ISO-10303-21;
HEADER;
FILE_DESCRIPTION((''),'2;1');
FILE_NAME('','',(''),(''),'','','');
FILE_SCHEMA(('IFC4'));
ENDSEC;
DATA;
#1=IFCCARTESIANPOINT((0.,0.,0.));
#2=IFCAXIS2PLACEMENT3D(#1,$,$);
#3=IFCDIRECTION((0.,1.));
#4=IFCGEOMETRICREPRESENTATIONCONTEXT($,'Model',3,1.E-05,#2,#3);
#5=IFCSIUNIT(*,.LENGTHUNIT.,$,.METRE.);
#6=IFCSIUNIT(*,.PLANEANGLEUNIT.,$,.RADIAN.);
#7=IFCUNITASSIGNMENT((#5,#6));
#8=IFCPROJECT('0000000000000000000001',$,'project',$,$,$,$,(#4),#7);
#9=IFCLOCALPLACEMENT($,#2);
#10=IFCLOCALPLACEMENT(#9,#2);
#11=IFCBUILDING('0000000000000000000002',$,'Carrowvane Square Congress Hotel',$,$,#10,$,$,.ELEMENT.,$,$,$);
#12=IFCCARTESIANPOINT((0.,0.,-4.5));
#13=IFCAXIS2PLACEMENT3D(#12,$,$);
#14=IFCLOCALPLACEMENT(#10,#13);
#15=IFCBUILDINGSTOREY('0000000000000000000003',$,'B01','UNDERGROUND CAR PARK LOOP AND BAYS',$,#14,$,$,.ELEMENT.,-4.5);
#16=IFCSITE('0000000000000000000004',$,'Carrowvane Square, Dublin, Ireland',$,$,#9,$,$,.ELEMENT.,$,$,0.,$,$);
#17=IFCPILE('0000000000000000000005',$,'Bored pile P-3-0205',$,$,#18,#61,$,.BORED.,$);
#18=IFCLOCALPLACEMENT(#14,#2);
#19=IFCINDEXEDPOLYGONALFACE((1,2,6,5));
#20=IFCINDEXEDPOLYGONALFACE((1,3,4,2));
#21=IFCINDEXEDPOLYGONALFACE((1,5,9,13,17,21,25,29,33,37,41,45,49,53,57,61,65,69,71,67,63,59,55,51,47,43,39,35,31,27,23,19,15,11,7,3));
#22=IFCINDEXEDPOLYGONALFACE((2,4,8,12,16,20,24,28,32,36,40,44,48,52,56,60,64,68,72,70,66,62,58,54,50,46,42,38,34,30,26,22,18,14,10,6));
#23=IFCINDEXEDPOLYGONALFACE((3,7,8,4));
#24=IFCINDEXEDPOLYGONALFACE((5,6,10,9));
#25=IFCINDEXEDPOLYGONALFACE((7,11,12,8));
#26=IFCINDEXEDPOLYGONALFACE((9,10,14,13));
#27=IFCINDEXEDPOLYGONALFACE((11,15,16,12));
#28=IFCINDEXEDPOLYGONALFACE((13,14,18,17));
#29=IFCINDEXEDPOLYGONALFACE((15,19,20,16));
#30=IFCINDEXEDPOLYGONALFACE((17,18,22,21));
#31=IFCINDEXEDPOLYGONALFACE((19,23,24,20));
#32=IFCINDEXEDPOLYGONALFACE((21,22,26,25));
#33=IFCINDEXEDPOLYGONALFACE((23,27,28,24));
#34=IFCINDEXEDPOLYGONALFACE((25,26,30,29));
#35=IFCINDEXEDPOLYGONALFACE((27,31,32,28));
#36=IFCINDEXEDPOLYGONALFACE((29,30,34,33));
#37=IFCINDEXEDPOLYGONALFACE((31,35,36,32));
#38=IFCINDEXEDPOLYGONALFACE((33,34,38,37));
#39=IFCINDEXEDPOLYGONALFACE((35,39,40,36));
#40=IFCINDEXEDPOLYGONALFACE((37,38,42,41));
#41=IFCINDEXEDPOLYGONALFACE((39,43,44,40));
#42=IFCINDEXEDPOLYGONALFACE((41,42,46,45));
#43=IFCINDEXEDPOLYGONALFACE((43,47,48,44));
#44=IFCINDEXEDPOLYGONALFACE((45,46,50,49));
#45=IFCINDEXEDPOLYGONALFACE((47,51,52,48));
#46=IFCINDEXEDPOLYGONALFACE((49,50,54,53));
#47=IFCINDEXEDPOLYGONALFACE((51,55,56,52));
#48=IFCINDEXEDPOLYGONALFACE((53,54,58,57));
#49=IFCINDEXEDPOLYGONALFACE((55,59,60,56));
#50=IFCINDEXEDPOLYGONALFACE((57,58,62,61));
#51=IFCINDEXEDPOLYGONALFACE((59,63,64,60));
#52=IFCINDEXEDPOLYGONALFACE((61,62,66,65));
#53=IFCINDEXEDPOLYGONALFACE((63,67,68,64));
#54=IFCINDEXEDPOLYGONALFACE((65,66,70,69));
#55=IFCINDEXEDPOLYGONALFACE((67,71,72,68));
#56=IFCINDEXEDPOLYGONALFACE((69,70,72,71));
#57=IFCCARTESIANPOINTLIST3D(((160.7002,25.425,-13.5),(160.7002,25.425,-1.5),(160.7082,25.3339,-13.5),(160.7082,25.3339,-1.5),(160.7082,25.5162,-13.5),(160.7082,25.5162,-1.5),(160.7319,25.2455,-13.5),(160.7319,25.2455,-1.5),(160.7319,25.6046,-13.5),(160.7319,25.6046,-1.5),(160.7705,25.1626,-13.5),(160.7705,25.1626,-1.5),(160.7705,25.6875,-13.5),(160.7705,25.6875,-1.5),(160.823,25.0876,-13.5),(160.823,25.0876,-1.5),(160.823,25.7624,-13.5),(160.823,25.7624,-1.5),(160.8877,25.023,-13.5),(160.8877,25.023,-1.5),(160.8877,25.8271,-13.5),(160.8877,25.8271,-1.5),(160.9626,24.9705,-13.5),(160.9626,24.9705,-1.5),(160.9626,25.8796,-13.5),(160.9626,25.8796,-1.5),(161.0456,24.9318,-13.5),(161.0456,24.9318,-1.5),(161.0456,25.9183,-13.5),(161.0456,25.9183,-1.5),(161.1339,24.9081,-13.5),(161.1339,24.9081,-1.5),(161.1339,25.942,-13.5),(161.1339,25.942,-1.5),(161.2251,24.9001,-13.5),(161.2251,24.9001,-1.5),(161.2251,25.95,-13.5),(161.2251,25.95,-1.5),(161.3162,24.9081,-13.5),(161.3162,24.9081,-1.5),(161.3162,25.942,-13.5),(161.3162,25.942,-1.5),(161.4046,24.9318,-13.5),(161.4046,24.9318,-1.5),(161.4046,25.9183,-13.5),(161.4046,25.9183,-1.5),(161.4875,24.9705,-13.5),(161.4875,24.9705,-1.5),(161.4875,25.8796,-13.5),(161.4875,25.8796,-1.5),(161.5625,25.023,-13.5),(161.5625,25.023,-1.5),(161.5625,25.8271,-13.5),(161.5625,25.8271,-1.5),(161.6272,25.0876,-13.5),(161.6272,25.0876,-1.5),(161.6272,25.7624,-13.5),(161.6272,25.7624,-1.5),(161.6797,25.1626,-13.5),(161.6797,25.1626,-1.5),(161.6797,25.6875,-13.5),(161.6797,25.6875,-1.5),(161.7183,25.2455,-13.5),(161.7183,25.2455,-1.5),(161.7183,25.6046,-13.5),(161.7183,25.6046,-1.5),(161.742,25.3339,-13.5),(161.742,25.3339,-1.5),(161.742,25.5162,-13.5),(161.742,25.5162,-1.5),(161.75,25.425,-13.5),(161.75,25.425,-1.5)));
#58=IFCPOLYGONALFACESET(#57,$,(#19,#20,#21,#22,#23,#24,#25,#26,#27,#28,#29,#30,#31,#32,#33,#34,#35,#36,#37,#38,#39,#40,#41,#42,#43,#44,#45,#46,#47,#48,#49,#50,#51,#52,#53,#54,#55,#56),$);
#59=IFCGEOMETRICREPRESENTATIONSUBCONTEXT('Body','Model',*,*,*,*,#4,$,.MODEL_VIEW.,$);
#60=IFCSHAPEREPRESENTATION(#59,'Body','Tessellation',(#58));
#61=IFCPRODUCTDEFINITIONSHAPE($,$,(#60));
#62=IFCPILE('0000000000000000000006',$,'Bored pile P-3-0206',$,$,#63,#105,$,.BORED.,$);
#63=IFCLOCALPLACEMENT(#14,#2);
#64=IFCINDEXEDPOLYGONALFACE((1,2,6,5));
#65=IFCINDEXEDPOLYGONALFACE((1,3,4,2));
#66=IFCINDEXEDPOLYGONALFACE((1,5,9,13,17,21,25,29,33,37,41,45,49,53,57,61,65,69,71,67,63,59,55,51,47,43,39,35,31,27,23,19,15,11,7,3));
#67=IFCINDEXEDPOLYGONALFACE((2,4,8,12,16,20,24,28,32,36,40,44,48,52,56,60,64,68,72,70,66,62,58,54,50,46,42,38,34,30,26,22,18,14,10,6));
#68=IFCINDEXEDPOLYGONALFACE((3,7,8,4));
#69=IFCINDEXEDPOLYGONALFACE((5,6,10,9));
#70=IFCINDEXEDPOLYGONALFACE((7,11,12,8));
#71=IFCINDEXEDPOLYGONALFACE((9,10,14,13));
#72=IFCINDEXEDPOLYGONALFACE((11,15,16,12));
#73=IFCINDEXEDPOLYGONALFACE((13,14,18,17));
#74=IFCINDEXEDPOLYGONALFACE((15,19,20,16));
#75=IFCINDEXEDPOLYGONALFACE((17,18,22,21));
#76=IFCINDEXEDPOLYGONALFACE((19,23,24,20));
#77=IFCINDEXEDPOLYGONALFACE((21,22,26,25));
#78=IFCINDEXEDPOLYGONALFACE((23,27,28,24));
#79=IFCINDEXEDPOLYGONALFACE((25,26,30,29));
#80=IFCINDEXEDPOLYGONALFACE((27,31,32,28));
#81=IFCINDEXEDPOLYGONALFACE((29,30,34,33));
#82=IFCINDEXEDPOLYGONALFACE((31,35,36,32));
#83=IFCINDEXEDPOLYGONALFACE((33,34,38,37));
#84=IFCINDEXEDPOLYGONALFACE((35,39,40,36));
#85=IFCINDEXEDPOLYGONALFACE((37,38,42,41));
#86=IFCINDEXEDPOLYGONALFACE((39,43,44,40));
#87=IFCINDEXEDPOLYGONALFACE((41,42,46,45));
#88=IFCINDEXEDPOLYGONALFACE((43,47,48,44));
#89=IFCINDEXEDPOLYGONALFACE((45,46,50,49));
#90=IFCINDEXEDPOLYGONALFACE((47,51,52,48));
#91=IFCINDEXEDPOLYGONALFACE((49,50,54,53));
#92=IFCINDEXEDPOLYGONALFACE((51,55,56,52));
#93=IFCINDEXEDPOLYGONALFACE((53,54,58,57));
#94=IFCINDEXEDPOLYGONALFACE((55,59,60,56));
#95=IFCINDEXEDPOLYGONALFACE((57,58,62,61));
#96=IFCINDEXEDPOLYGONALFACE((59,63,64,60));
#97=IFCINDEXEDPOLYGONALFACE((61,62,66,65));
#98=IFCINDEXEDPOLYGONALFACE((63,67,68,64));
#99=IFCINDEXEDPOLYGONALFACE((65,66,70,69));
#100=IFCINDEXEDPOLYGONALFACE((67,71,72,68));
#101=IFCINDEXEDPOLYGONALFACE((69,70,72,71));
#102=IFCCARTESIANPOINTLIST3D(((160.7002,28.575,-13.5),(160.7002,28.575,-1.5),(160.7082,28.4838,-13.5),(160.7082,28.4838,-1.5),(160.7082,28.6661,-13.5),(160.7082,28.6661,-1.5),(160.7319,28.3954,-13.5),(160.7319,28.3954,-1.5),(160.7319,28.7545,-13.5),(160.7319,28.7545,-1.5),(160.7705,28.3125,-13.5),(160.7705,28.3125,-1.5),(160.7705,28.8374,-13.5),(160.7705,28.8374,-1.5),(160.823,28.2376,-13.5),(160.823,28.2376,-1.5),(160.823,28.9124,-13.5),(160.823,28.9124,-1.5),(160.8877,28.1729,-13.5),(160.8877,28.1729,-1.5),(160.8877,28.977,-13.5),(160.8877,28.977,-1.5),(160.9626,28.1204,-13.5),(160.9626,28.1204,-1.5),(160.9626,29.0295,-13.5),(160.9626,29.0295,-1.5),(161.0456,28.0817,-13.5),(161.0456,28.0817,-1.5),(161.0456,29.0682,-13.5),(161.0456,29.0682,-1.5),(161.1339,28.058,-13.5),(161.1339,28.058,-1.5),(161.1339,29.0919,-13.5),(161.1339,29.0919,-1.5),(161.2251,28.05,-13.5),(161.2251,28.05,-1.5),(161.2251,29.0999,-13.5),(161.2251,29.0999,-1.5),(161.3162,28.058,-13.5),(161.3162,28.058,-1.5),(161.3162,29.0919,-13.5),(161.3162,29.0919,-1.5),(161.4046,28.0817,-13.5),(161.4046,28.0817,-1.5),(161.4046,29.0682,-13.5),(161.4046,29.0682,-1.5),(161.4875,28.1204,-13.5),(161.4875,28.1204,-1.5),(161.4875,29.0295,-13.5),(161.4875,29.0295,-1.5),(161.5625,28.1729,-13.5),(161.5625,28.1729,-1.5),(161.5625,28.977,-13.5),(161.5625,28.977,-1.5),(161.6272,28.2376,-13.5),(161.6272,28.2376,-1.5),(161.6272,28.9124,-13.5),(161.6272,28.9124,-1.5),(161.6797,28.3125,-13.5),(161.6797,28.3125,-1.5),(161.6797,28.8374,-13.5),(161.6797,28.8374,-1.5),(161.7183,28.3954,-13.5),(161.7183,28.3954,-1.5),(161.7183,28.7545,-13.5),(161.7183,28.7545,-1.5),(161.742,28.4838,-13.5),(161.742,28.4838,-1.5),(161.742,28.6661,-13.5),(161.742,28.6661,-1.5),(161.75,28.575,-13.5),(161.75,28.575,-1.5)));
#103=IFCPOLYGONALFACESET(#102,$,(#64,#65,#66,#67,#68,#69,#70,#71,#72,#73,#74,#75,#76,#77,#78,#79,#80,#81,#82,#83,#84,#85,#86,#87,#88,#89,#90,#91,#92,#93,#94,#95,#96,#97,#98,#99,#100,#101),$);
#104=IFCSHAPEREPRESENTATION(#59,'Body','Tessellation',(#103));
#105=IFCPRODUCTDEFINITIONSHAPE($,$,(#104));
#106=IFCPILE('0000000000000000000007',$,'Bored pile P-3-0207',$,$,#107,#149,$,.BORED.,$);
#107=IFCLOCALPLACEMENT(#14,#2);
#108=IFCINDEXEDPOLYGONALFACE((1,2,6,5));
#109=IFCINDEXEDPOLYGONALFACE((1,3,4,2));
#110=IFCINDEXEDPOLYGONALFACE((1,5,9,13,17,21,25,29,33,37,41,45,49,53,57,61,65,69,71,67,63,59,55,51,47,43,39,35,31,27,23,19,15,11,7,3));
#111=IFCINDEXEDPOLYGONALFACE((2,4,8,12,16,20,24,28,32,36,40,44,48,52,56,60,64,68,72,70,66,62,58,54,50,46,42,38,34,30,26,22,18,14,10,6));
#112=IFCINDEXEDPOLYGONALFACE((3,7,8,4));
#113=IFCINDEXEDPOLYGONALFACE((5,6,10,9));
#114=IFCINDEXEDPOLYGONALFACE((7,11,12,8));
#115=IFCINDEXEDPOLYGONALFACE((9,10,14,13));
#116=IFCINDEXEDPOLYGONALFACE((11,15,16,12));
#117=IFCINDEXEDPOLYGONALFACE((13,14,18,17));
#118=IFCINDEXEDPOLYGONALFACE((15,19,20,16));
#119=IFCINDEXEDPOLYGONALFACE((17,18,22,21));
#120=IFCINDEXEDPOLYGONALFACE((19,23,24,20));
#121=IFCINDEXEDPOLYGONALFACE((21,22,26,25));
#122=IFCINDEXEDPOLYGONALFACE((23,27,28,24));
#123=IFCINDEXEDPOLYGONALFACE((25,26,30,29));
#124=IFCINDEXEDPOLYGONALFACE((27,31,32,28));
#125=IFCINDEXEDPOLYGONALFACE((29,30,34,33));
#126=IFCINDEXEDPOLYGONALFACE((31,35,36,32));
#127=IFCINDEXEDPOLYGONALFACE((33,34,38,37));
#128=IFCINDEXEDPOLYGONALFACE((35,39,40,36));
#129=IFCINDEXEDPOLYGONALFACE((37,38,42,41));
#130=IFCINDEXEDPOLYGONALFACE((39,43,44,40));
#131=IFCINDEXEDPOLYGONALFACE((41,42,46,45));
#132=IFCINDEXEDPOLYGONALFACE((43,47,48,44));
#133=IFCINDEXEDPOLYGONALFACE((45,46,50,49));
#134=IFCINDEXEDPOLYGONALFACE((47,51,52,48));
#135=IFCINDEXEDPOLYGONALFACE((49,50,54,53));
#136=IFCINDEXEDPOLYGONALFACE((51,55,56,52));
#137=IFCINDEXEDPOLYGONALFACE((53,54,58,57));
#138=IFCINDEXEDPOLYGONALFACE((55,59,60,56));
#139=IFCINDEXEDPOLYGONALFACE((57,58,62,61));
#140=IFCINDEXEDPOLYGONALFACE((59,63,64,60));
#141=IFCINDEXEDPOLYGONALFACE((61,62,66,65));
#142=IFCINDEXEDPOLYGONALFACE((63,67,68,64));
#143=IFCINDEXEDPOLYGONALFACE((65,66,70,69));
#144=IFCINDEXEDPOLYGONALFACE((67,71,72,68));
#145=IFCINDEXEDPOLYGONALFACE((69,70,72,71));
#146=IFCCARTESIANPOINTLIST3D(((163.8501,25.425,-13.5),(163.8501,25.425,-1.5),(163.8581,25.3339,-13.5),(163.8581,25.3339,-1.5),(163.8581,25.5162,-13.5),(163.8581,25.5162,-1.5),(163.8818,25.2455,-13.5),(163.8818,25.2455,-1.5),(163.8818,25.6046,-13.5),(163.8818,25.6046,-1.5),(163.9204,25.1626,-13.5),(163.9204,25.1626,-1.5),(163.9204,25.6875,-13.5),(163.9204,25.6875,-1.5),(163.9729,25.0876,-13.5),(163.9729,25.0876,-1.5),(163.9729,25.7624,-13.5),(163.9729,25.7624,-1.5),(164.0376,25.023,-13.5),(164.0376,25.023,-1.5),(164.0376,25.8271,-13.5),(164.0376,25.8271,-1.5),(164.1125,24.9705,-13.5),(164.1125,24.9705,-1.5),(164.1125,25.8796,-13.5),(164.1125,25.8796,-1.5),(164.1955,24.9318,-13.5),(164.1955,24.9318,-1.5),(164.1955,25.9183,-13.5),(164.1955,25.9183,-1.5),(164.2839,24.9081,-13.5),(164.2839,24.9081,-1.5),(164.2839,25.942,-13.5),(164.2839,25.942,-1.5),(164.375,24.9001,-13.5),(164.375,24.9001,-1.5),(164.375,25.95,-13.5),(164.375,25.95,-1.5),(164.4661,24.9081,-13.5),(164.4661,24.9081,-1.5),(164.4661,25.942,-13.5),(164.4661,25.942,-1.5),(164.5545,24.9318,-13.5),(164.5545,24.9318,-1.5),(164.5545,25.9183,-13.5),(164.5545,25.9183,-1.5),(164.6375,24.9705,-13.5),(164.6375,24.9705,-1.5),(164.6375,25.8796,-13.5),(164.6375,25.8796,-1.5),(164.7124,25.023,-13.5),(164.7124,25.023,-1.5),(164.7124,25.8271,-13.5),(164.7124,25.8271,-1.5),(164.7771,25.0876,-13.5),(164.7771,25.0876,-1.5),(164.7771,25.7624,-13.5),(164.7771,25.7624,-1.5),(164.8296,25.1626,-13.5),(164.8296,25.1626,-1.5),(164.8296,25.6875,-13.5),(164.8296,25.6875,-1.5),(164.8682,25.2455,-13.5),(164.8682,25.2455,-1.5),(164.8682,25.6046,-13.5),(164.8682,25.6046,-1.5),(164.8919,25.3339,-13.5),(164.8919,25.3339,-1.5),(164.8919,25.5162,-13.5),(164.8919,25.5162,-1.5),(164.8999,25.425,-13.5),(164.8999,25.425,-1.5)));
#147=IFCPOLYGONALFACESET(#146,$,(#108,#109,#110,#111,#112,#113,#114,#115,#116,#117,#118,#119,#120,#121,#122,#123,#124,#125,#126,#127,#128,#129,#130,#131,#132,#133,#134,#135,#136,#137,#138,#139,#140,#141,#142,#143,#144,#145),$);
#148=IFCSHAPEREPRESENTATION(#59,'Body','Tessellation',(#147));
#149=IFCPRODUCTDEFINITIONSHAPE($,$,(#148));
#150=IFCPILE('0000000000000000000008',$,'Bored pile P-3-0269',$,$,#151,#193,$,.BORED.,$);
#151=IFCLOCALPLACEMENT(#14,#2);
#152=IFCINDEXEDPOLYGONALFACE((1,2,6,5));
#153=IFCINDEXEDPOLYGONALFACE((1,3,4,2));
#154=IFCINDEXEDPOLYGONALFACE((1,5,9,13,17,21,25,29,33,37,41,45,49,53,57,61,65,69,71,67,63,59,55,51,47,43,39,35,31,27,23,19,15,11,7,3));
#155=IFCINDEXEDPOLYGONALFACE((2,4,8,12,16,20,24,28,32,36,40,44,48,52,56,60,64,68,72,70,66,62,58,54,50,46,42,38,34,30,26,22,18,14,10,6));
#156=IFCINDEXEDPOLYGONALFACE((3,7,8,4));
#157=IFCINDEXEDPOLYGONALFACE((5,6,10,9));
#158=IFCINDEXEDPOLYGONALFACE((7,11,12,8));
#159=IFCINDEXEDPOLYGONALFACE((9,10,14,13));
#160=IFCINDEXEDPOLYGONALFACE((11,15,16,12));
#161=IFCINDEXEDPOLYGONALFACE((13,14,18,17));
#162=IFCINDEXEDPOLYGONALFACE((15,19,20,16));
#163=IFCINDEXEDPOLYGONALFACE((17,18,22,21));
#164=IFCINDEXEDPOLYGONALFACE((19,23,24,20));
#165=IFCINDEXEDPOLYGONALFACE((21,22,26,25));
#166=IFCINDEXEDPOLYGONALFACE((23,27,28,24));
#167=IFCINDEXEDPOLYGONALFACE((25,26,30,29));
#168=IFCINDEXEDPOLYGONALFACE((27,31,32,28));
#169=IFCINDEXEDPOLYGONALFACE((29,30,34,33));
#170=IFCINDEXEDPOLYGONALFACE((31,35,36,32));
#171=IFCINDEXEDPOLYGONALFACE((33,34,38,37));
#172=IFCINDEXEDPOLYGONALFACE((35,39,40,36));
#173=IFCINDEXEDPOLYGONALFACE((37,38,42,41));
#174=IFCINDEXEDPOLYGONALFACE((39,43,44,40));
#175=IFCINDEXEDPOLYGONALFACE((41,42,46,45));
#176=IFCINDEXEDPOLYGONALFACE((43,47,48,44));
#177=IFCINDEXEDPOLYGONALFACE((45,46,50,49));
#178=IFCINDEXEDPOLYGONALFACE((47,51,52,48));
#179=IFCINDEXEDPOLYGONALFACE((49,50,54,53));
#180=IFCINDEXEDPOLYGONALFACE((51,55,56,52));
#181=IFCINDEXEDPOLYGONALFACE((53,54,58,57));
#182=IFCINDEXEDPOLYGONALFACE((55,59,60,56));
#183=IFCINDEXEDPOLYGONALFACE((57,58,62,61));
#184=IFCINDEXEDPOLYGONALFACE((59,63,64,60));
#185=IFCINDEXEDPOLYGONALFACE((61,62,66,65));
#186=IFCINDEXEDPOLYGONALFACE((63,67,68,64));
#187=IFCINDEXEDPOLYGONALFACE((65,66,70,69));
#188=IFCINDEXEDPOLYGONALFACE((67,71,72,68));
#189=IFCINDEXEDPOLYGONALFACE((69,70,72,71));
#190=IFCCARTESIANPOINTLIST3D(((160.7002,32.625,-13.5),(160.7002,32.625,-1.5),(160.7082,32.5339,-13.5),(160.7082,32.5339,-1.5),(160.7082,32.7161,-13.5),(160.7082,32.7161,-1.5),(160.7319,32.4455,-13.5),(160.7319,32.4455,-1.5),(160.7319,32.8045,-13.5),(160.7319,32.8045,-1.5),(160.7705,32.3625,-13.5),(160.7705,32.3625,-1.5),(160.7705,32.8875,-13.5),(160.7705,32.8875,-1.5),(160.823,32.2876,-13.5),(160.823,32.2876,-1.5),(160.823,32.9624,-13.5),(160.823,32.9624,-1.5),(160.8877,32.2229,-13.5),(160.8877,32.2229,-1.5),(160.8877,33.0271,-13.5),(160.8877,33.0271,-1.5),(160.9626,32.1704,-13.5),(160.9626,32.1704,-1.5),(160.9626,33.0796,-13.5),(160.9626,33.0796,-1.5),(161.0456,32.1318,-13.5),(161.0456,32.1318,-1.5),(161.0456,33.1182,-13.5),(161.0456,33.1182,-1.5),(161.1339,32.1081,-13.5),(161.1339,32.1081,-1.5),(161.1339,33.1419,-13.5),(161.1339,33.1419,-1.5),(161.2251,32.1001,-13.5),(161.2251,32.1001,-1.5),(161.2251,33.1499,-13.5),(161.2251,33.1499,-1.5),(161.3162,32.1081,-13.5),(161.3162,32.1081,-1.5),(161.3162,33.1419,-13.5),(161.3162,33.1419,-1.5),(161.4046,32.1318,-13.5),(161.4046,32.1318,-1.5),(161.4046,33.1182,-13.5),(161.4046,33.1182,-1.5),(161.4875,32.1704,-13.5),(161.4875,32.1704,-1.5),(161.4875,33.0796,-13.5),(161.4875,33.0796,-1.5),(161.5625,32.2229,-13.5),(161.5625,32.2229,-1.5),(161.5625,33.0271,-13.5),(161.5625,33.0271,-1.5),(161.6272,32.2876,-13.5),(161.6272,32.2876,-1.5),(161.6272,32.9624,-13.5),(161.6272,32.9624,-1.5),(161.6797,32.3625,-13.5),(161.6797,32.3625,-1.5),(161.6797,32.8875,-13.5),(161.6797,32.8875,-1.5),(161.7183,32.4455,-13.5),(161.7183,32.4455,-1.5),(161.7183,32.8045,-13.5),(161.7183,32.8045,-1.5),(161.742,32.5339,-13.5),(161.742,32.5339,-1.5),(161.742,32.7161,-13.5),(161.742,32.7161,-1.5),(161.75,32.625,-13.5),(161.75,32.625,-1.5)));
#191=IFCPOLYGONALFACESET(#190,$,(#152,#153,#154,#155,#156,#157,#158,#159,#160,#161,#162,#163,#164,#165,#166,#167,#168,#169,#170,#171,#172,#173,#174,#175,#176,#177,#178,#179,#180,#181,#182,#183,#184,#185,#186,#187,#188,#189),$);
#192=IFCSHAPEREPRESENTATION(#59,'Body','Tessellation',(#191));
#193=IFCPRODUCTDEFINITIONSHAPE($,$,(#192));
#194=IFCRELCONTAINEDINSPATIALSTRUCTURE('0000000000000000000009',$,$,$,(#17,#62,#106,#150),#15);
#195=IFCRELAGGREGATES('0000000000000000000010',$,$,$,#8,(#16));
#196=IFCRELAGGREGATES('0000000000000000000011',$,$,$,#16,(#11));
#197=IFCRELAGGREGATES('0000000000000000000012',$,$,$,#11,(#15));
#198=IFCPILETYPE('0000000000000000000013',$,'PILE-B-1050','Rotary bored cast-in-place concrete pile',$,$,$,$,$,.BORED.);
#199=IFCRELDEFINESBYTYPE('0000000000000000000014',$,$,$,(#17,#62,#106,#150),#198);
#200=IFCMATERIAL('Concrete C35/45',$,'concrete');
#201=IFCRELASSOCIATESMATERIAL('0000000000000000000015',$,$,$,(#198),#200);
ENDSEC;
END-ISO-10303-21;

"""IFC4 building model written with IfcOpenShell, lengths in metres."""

from ifc_helpers import new_model, si_unit, direction, frame, origin, origin_2d, place, context, subcontext, project, spatial, circle, extrude, material, material_profile, profile_set, type_object, element, save


model = new_model("IFC4")

# Units and contexts
model_context = context("Model", 3, precision=1e-05, world=origin(), true_north=direction((0.0, 1.0)))
body_context = subcontext(model_context, "Body", "Model", "MODEL_VIEW")
ifc_project = project(units=[si_unit("LENGTHUNIT", "METRE"), si_unit("PLANEANGLEUNIT", "RADIAN")], contexts=[model_context])

# Site, building, storey
site_placement = place(None, origin())
site = spatial("IfcSite", under=ifc_project, at=site_placement, Name="Carrowvane Square, Dublin, Ireland", CompositionType="ELEMENT", RefElevation=0.0)
building_placement = place(site_placement, origin())
building = spatial("IfcBuilding", under=site, at=building_placement, Name="Carrowvane Square Congress Hotel", CompositionType="ELEMENT")
storey_placement = place(building_placement, frame((0.0, 0.0, -4.5)))
storey = spatial("IfcBuildingStorey", under=building, at=storey_placement, Name="B01", Description="UNDERGROUND CAR PARK LOOP AND BAYS", CompositionType="ELEMENT", Elevation=-4.5)

# Piles
ifc_material_1 = material(Name="Concrete C35/45", Category="concrete")
ifc_material_profile_1 = material_profile(ifc_material_1, circle(Radius=0.5249, at=origin_2d()), Name="PILE D1050")
ifc_profile_set_1 = profile_set([ifc_material_profile_1], Name="Concrete C35/45")
pile_type_1 = type_object("IfcPileType", Name="PILE-B-1050", Description="Rotary bored cast-in-place concrete pile", PredefinedType="BORED", material=ifc_profile_set_1)
for number, where, z_axis, x_axis, name in (
    (1, (161.2251, 25.425, -1.5), (0.0, 0.0, -1.0), (1.0, 0.0, 0.0), "Bored pile P-3-0205"),
    (2, (161.2251, 28.575, -1.5), (0.0, 0.0, -1.0), (1.0, 0.0, 0.0), "Bored pile P-3-0206"),
    (3, (164.375, 25.425, -1.5), (0.0, 0.0, -1.0), (1.0, 0.0, 0.0), "Bored pile P-3-0207"),
    (4, (161.2251, 32.625, -1.5), (0.0, 0.0, -1.0), (1.0, 0.0, 0.0), "Bored pile P-3-0269"),
):
    element("IfcPile", number, at=place(storey_placement, frame(where, z_axis=z_axis, x_axis=x_axis)), inside=storey, type_object=pile_type_1, Name=name, PredefinedType="BORED", context=body_context, shape_type="SweptSolid", body=[
        extrude(circle(Radius=0.5249, at=origin_2d()), origin(), (0.0, 0.0, 1.0), 12.0),
    ])

save(model, "model.ifc")
